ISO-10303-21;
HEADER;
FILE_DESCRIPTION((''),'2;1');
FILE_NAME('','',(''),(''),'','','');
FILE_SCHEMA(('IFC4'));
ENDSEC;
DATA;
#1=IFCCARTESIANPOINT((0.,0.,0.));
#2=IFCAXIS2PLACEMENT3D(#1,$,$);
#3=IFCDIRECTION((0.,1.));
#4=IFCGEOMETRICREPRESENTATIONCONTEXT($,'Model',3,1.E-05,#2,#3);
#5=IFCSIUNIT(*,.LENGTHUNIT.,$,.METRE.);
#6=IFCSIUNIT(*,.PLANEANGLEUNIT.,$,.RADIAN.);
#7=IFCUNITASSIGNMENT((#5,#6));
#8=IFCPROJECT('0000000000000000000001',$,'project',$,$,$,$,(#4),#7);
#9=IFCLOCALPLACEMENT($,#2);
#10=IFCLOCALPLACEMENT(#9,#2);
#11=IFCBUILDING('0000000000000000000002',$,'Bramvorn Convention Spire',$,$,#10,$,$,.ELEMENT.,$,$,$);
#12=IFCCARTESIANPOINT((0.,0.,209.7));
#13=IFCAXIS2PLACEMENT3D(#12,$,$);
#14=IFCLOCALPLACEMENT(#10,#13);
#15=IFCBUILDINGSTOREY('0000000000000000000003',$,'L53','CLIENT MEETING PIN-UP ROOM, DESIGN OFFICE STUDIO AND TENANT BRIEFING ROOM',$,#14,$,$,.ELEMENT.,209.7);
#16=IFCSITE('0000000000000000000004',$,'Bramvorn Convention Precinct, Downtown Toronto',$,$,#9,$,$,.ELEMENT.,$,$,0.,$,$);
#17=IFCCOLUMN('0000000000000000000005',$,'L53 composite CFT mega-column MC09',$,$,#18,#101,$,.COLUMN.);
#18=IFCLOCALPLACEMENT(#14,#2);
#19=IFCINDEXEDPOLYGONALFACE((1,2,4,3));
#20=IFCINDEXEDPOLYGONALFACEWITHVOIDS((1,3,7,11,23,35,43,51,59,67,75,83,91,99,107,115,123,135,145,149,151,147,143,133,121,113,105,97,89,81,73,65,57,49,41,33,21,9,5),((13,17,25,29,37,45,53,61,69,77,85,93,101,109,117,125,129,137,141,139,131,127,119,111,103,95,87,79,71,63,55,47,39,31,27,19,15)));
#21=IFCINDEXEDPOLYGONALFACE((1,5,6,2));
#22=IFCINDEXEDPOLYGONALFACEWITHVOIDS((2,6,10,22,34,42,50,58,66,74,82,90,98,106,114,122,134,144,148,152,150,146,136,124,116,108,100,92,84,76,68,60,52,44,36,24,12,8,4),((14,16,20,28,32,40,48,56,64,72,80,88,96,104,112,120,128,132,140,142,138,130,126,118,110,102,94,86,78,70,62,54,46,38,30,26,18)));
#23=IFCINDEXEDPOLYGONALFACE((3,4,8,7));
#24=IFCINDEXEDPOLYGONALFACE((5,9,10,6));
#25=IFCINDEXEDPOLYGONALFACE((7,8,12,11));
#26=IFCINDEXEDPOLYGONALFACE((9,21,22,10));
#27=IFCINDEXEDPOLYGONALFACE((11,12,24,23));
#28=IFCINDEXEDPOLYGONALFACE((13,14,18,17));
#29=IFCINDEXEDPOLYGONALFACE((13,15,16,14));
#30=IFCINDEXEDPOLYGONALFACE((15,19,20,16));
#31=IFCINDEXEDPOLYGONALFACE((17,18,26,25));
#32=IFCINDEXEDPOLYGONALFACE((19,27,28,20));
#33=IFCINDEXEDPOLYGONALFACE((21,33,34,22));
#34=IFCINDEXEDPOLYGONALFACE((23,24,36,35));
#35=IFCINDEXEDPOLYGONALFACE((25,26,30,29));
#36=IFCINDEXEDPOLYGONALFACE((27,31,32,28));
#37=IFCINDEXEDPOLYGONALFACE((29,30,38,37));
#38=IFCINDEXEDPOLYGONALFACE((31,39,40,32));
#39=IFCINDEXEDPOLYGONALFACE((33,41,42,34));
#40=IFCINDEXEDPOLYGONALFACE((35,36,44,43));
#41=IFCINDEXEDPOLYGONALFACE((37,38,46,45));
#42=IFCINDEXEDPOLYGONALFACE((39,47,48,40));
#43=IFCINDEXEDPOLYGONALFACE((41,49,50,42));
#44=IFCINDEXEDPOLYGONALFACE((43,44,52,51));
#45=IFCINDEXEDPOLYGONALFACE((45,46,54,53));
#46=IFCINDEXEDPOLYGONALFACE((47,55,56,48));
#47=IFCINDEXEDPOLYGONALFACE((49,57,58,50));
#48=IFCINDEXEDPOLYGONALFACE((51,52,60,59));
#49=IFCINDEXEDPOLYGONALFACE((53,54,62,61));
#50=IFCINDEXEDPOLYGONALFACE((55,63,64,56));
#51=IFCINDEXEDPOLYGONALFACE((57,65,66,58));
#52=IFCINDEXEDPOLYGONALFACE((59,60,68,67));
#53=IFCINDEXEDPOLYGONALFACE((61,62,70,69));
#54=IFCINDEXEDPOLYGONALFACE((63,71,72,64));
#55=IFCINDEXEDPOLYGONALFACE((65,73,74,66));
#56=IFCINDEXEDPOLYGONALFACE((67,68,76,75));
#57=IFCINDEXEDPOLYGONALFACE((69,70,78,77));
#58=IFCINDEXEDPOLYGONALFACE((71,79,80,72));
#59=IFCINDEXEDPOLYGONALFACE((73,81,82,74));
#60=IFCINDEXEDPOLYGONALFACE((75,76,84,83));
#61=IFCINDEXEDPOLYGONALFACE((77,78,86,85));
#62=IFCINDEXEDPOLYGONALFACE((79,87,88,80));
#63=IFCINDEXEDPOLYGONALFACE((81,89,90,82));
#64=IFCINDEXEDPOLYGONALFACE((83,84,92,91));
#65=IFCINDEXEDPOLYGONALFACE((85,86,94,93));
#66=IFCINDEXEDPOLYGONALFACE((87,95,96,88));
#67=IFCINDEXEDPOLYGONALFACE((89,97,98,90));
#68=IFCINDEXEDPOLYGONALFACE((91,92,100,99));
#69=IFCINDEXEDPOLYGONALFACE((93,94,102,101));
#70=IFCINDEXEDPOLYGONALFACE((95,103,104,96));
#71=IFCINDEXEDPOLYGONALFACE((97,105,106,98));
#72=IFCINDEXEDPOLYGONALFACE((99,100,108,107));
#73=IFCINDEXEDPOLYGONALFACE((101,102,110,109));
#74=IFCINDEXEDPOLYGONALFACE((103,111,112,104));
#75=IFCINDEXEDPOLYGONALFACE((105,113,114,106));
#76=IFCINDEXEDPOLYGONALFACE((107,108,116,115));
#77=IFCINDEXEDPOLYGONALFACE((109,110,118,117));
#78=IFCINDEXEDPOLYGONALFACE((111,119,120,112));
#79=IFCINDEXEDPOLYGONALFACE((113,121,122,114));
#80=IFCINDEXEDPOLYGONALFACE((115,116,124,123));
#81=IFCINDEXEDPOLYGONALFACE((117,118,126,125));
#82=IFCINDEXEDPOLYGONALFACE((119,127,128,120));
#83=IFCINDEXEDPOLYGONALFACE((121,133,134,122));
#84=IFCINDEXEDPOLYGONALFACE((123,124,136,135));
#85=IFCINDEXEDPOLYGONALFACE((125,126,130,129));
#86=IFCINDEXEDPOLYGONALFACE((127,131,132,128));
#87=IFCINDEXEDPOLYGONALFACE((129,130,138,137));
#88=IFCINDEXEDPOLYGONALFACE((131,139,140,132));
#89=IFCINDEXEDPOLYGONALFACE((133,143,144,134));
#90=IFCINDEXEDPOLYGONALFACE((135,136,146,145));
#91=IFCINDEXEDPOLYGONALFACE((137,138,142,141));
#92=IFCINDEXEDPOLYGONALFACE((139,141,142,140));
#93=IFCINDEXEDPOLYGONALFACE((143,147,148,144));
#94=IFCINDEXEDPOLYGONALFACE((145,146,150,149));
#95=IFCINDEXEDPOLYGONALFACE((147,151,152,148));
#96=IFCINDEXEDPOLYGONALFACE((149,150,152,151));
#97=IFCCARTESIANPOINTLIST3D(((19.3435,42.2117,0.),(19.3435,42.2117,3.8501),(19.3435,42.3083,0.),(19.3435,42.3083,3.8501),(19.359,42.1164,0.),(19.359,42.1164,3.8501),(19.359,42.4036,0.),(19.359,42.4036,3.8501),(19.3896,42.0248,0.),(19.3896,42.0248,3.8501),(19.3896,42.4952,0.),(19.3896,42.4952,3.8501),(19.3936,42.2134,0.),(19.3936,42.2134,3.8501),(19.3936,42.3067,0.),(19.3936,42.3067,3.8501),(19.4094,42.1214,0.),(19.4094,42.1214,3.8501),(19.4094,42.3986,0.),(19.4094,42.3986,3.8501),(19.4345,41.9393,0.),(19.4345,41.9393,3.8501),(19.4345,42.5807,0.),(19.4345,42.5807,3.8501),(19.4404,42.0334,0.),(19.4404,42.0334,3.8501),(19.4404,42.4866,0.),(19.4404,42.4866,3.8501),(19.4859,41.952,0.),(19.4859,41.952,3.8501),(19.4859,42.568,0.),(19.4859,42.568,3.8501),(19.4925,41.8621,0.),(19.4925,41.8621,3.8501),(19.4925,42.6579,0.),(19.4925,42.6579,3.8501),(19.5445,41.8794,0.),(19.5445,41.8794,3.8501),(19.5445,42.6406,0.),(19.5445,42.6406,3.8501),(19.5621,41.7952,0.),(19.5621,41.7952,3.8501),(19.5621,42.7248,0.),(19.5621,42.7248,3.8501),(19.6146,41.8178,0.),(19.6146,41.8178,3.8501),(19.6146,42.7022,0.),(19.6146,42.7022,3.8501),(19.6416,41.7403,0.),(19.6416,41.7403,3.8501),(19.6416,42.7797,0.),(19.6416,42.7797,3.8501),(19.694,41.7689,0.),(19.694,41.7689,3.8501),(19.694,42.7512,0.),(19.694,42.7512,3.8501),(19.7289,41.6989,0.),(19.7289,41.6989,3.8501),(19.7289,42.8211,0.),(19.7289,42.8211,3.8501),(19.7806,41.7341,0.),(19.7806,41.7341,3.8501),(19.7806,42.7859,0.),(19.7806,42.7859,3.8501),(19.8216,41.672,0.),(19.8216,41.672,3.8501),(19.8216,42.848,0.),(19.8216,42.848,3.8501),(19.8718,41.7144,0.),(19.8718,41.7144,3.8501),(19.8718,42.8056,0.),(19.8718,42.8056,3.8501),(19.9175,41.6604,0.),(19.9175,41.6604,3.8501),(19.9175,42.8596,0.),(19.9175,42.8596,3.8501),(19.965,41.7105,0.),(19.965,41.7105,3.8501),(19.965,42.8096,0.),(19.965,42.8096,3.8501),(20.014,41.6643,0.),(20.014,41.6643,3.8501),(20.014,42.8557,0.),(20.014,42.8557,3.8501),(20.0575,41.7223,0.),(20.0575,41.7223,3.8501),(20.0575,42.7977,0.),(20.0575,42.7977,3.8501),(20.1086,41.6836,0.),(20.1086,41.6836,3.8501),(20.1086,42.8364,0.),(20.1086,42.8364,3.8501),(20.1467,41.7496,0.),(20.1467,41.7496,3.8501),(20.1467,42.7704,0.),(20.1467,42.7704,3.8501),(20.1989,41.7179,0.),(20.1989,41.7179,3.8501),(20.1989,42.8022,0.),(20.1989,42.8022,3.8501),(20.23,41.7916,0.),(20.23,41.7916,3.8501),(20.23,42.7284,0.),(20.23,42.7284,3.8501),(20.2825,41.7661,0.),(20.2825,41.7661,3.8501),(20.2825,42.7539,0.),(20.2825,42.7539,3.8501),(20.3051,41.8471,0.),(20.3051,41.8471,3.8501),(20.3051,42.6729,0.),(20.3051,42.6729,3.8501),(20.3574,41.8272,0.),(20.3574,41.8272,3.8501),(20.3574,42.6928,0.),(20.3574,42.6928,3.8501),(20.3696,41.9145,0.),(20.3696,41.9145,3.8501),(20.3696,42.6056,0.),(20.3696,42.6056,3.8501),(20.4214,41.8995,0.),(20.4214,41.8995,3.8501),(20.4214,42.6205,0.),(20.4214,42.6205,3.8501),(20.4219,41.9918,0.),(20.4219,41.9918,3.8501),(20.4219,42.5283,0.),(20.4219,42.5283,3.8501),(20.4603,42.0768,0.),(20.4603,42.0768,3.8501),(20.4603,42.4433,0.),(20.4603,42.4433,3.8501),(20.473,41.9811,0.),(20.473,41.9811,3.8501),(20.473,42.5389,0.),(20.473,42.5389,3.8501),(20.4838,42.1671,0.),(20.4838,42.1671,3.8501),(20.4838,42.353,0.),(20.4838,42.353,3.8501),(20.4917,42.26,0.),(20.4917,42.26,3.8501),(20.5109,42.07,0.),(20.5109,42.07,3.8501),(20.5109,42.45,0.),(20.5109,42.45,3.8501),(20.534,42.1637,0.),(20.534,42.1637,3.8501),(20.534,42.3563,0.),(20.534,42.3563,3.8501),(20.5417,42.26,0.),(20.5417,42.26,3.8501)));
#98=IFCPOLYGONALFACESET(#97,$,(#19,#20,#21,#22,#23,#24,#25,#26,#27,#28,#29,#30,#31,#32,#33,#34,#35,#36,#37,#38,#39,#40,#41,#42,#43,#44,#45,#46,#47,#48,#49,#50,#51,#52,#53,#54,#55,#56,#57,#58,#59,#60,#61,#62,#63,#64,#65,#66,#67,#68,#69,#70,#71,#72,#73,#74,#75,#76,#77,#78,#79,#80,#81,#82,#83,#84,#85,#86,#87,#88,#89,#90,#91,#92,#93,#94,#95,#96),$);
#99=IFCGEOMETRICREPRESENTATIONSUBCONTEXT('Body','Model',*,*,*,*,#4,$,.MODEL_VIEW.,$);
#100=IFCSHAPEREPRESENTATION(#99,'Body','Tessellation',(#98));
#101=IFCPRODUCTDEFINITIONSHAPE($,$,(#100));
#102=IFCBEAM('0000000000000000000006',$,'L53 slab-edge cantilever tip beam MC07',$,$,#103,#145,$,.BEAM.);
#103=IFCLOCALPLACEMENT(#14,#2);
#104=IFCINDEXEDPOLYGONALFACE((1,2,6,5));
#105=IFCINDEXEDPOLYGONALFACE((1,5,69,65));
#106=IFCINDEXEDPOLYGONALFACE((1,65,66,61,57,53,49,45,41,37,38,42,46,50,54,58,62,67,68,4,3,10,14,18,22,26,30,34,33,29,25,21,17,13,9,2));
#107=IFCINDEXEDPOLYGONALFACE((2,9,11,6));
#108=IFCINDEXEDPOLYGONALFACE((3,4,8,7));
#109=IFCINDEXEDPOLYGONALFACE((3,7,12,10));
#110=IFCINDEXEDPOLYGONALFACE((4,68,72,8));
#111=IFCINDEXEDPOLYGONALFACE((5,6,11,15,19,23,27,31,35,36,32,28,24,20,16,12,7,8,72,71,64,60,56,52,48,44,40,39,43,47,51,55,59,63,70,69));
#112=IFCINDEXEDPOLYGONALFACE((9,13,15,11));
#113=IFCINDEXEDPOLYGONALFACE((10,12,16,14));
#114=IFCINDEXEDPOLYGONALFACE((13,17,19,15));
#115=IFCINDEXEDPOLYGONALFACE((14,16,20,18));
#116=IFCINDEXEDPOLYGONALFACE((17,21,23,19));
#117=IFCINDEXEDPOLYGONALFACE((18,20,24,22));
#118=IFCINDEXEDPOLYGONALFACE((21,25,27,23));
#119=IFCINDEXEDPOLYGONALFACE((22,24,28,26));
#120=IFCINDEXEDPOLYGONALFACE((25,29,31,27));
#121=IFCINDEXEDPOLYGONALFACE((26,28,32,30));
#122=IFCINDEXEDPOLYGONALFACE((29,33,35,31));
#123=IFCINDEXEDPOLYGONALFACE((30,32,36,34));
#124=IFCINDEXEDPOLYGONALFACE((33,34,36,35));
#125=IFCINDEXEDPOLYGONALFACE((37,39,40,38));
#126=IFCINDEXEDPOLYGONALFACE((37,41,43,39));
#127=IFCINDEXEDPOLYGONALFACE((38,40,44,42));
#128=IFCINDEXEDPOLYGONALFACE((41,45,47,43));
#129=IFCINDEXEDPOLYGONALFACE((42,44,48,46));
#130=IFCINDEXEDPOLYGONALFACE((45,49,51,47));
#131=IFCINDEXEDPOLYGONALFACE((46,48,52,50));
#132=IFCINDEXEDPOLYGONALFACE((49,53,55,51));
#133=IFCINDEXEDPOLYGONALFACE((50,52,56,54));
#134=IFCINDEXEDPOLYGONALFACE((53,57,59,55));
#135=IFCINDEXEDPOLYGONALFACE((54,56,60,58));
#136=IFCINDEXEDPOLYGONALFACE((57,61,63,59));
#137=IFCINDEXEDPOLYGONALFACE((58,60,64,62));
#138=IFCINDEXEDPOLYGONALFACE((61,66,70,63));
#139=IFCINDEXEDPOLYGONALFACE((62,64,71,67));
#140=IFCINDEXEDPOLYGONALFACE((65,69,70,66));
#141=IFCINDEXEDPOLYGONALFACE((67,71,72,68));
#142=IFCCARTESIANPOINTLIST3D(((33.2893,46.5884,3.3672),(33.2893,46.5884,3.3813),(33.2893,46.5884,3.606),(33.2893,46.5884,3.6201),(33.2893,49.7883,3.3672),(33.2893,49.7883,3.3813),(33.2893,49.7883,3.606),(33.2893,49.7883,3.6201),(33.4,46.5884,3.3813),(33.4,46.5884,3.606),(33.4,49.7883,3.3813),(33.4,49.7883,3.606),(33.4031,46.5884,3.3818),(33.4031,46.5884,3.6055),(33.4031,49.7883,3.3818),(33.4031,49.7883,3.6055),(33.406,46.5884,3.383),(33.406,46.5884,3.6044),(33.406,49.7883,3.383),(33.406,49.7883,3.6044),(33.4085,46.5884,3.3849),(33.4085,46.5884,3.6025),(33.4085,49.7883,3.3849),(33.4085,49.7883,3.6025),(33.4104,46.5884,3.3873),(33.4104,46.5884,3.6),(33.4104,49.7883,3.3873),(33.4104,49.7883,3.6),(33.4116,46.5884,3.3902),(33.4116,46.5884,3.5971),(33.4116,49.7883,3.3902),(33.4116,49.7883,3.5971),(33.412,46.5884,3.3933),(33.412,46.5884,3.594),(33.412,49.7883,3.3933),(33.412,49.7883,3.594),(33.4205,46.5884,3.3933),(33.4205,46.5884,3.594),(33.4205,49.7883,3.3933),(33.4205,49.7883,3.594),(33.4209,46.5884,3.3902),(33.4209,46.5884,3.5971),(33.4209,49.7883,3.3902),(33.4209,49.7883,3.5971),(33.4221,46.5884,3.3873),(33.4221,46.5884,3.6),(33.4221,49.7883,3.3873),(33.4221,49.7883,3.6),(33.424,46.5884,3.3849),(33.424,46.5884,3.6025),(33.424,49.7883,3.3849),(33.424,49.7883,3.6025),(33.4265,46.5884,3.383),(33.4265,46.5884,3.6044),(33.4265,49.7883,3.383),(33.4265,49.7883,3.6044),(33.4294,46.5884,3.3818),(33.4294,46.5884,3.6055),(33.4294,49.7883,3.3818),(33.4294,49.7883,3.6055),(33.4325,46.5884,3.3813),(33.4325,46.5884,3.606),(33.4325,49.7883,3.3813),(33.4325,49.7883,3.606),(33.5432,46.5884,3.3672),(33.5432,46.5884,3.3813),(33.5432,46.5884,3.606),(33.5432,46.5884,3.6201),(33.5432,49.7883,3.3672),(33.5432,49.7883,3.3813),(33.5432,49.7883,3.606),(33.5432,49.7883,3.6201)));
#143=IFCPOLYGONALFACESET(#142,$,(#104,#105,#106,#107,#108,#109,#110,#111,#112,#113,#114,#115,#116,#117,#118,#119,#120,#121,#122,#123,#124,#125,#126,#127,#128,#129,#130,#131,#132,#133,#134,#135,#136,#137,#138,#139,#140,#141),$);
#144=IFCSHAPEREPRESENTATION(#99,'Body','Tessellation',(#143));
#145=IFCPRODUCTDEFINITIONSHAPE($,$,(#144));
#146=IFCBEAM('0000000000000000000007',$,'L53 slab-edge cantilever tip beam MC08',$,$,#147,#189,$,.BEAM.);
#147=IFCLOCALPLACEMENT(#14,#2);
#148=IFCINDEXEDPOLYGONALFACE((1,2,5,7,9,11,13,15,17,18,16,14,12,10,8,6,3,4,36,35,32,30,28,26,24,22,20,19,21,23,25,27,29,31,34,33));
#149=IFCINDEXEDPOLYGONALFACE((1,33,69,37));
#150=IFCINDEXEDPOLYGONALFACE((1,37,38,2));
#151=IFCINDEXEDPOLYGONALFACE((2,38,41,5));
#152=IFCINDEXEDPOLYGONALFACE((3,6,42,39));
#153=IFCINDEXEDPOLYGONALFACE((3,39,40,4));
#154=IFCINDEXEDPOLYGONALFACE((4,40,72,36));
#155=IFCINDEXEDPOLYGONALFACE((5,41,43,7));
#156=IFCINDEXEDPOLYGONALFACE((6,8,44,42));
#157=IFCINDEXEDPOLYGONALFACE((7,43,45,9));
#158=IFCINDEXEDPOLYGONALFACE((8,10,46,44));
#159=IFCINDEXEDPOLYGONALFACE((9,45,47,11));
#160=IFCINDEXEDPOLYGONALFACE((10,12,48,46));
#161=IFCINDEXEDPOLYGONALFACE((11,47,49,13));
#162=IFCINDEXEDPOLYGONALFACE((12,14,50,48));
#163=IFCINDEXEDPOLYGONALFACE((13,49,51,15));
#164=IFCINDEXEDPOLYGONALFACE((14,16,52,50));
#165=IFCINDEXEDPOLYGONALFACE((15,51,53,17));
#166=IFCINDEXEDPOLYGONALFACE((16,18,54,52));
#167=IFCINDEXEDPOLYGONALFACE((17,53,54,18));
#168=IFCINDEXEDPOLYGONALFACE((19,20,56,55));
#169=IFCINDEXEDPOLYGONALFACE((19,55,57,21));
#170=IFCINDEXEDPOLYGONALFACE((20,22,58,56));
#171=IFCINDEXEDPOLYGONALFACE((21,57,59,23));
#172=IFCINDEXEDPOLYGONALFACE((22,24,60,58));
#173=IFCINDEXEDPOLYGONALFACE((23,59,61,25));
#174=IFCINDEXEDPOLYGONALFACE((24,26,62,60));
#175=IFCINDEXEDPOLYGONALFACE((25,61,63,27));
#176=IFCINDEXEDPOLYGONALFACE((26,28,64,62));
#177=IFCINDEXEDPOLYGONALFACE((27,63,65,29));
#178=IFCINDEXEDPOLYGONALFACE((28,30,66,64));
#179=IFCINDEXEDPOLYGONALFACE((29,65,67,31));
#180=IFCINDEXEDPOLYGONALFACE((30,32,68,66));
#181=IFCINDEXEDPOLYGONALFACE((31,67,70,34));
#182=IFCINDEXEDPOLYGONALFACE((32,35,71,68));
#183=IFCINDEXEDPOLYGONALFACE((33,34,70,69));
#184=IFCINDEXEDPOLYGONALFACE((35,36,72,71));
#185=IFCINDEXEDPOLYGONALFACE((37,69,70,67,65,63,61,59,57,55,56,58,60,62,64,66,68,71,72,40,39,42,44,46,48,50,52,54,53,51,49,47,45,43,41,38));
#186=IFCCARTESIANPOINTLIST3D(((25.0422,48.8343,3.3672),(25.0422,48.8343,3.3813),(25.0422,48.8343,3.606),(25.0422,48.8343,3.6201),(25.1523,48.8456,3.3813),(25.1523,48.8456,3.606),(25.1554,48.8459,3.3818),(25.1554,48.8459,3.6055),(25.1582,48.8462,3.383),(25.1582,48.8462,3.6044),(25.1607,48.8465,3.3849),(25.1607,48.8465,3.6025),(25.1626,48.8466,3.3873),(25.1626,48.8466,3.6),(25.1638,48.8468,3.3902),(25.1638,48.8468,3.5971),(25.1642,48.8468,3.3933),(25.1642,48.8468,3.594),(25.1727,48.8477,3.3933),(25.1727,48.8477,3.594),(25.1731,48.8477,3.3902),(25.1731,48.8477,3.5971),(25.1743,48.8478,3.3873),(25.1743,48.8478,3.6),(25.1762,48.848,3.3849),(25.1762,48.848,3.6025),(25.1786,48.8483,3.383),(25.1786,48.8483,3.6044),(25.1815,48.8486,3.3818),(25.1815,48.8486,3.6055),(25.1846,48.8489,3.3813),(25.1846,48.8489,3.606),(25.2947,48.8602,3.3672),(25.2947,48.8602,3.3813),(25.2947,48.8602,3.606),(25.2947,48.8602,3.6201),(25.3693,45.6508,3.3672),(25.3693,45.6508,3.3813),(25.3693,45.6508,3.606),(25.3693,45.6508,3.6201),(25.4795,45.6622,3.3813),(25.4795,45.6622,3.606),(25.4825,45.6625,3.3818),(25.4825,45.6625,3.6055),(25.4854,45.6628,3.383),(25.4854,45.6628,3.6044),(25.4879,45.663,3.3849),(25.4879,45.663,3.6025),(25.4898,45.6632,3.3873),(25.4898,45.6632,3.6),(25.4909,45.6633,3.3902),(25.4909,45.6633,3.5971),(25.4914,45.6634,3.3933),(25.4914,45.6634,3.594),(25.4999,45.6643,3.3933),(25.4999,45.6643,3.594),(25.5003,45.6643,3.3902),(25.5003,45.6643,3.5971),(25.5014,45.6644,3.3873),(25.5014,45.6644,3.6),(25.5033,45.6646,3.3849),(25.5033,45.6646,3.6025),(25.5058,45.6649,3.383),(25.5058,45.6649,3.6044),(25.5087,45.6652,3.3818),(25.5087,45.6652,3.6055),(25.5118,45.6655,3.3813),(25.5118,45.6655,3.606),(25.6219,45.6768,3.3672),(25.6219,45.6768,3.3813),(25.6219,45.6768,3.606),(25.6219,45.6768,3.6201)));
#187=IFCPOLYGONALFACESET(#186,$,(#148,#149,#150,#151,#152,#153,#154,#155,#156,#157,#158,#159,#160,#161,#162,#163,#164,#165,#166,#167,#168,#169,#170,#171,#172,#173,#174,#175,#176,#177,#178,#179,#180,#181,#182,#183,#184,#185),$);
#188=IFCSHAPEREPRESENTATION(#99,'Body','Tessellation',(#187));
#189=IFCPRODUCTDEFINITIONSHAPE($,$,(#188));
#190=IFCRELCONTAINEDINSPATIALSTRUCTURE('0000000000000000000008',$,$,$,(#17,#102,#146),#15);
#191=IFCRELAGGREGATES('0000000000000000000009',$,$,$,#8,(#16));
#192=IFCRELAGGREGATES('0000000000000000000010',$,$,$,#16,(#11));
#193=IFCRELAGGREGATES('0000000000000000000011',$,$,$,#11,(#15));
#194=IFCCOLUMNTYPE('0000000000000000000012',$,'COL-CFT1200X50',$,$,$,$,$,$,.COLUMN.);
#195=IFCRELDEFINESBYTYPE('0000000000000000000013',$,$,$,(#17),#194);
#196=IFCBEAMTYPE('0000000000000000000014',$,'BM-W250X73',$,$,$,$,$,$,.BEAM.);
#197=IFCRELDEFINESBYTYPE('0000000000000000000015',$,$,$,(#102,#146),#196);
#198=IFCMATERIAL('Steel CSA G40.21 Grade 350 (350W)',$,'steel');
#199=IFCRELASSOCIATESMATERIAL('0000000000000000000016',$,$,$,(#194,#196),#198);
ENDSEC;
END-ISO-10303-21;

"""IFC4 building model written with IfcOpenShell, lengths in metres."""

from ifc_helpers import new_model, si_unit, direction, frame, origin, origin_2d, place, context, subcontext, project, spatial, hollow_circle, i_section, extrude, material, material_profile, profile_set, type_object, element, save


model = new_model("IFC4")

# Units and contexts
model_context = context("Model", 3, precision=1e-05, world=origin(), true_north=direction((0.0, 1.0)))
body_context = subcontext(model_context, "Body", "Model", "MODEL_VIEW")
ifc_project = project(units=[si_unit("LENGTHUNIT", "METRE"), si_unit("PLANEANGLEUNIT", "RADIAN")], contexts=[model_context])

# Site, building, storey
site_placement = place(None, origin())
site = spatial("IfcSite", under=ifc_project, at=site_placement, Name="Bramvorn Convention Precinct, Downtown Toronto", CompositionType="ELEMENT", RefElevation=0.0)
building_placement = place(site_placement, origin())
building = spatial("IfcBuilding", under=site, at=building_placement, Name="Bramvorn Convention Spire", CompositionType="ELEMENT")
storey_placement = place(building_placement, frame((0.0, 0.0, 209.7)))
storey = spatial("IfcBuildingStorey", under=building, at=storey_placement, Name="L53", Description="CLIENT MEETING PIN-UP ROOM, DESIGN OFFICE STUDIO AND TENANT BRIEFING ROOM", CompositionType="ELEMENT", Elevation=209.7)

# Column
ifc_material_1 = material(Name="Steel CSA G40.21 Grade 350 (350W)", Category="steel")
ifc_material_profile_1 = material_profile(ifc_material_1, hollow_circle(Radius=0.6001, WallThickness=0.05, at=origin_2d()))
ifc_profile_set_1 = profile_set([ifc_material_profile_1], Name="Steel CSA G40.21 Grade 350 (350W) - CFT1200X50")
column_type = type_object("IfcColumnType", Name="COL-CFT1200X50", PredefinedType="COLUMN", material=ifc_profile_set_1)
for number, where, z_axis, x_axis, name in (
    (1, (19.9417, 42.26, 0.0), (0.0, 0.0, 1.0), (1.0, 0.0, 0.0), "L53 composite CFT mega-column MC09"),
):
    element("IfcColumn", number, at=place(storey_placement, frame(where, z_axis=z_axis, x_axis=x_axis)), inside=storey, type_object=column_type, Name=name, PredefinedType="COLUMN", context=body_context, shape_type="SweptSolid", body=[
        extrude(hollow_circle(Radius=0.6001, WallThickness=0.05, at=origin_2d()), origin(), (0.0, 0.0, 1.0), 3.8501),
    ])

# Beams
ifc_material_profile_2 = material_profile(ifc_material_1, i_section(OverallWidth=0.2539, OverallDepth=0.2529, WebThickness=0.0085, FlangeThickness=0.0142, FilletRadius=0.012, at=origin_2d()))
ifc_profile_set_2 = profile_set([ifc_material_profile_2], Name="Steel CSA G40.21 Grade 350 (350W) - W250X73")
beam_type_1 = type_object("IfcBeamType", Name="BM-W250X73", PredefinedType="BEAM", material=ifc_profile_set_2)
beam_1_placement = place(storey_placement, frame((33.4163, 46.5884, 3.4937), z_axis=(0.0, 1.0, 0.0), x_axis=(-1.0, 0.0, 0.0)))
element("IfcBeam", 2, at=beam_1_placement, inside=storey, type_object=beam_type_1, Name="L53 slab-edge cantilever tip beam MC07", PredefinedType="BEAM", context=body_context, shape_type="SweptSolid", body=[
    extrude(i_section(OverallWidth=0.2539, OverallDepth=0.2529, WebThickness=0.0085, FlangeThickness=0.0142, FilletRadius=0.012, at=origin_2d()), origin(), (0.0, 0.0, 1.0), 3.2),
])
beam_2_placement = place(storey_placement, frame((25.4956, 45.6638, 3.4937), z_axis=(-0.10223, 0.994761, 0.0), x_axis=(-0.994761, -0.10223, 0.0)))
element("IfcBeam", 3, at=beam_2_placement, inside=storey, type_object=beam_type_1, Name="L53 slab-edge cantilever tip beam MC08", PredefinedType="BEAM", context=body_context, shape_type="SweptSolid", body=[
    extrude(i_section(OverallWidth=0.2539, OverallDepth=0.2529, WebThickness=0.0085, FlangeThickness=0.0142, FilletRadius=0.012, at=origin_2d()), origin(), (0.0, 0.0, 1.0), 3.2002),
])

save(model, "model.ifc")
